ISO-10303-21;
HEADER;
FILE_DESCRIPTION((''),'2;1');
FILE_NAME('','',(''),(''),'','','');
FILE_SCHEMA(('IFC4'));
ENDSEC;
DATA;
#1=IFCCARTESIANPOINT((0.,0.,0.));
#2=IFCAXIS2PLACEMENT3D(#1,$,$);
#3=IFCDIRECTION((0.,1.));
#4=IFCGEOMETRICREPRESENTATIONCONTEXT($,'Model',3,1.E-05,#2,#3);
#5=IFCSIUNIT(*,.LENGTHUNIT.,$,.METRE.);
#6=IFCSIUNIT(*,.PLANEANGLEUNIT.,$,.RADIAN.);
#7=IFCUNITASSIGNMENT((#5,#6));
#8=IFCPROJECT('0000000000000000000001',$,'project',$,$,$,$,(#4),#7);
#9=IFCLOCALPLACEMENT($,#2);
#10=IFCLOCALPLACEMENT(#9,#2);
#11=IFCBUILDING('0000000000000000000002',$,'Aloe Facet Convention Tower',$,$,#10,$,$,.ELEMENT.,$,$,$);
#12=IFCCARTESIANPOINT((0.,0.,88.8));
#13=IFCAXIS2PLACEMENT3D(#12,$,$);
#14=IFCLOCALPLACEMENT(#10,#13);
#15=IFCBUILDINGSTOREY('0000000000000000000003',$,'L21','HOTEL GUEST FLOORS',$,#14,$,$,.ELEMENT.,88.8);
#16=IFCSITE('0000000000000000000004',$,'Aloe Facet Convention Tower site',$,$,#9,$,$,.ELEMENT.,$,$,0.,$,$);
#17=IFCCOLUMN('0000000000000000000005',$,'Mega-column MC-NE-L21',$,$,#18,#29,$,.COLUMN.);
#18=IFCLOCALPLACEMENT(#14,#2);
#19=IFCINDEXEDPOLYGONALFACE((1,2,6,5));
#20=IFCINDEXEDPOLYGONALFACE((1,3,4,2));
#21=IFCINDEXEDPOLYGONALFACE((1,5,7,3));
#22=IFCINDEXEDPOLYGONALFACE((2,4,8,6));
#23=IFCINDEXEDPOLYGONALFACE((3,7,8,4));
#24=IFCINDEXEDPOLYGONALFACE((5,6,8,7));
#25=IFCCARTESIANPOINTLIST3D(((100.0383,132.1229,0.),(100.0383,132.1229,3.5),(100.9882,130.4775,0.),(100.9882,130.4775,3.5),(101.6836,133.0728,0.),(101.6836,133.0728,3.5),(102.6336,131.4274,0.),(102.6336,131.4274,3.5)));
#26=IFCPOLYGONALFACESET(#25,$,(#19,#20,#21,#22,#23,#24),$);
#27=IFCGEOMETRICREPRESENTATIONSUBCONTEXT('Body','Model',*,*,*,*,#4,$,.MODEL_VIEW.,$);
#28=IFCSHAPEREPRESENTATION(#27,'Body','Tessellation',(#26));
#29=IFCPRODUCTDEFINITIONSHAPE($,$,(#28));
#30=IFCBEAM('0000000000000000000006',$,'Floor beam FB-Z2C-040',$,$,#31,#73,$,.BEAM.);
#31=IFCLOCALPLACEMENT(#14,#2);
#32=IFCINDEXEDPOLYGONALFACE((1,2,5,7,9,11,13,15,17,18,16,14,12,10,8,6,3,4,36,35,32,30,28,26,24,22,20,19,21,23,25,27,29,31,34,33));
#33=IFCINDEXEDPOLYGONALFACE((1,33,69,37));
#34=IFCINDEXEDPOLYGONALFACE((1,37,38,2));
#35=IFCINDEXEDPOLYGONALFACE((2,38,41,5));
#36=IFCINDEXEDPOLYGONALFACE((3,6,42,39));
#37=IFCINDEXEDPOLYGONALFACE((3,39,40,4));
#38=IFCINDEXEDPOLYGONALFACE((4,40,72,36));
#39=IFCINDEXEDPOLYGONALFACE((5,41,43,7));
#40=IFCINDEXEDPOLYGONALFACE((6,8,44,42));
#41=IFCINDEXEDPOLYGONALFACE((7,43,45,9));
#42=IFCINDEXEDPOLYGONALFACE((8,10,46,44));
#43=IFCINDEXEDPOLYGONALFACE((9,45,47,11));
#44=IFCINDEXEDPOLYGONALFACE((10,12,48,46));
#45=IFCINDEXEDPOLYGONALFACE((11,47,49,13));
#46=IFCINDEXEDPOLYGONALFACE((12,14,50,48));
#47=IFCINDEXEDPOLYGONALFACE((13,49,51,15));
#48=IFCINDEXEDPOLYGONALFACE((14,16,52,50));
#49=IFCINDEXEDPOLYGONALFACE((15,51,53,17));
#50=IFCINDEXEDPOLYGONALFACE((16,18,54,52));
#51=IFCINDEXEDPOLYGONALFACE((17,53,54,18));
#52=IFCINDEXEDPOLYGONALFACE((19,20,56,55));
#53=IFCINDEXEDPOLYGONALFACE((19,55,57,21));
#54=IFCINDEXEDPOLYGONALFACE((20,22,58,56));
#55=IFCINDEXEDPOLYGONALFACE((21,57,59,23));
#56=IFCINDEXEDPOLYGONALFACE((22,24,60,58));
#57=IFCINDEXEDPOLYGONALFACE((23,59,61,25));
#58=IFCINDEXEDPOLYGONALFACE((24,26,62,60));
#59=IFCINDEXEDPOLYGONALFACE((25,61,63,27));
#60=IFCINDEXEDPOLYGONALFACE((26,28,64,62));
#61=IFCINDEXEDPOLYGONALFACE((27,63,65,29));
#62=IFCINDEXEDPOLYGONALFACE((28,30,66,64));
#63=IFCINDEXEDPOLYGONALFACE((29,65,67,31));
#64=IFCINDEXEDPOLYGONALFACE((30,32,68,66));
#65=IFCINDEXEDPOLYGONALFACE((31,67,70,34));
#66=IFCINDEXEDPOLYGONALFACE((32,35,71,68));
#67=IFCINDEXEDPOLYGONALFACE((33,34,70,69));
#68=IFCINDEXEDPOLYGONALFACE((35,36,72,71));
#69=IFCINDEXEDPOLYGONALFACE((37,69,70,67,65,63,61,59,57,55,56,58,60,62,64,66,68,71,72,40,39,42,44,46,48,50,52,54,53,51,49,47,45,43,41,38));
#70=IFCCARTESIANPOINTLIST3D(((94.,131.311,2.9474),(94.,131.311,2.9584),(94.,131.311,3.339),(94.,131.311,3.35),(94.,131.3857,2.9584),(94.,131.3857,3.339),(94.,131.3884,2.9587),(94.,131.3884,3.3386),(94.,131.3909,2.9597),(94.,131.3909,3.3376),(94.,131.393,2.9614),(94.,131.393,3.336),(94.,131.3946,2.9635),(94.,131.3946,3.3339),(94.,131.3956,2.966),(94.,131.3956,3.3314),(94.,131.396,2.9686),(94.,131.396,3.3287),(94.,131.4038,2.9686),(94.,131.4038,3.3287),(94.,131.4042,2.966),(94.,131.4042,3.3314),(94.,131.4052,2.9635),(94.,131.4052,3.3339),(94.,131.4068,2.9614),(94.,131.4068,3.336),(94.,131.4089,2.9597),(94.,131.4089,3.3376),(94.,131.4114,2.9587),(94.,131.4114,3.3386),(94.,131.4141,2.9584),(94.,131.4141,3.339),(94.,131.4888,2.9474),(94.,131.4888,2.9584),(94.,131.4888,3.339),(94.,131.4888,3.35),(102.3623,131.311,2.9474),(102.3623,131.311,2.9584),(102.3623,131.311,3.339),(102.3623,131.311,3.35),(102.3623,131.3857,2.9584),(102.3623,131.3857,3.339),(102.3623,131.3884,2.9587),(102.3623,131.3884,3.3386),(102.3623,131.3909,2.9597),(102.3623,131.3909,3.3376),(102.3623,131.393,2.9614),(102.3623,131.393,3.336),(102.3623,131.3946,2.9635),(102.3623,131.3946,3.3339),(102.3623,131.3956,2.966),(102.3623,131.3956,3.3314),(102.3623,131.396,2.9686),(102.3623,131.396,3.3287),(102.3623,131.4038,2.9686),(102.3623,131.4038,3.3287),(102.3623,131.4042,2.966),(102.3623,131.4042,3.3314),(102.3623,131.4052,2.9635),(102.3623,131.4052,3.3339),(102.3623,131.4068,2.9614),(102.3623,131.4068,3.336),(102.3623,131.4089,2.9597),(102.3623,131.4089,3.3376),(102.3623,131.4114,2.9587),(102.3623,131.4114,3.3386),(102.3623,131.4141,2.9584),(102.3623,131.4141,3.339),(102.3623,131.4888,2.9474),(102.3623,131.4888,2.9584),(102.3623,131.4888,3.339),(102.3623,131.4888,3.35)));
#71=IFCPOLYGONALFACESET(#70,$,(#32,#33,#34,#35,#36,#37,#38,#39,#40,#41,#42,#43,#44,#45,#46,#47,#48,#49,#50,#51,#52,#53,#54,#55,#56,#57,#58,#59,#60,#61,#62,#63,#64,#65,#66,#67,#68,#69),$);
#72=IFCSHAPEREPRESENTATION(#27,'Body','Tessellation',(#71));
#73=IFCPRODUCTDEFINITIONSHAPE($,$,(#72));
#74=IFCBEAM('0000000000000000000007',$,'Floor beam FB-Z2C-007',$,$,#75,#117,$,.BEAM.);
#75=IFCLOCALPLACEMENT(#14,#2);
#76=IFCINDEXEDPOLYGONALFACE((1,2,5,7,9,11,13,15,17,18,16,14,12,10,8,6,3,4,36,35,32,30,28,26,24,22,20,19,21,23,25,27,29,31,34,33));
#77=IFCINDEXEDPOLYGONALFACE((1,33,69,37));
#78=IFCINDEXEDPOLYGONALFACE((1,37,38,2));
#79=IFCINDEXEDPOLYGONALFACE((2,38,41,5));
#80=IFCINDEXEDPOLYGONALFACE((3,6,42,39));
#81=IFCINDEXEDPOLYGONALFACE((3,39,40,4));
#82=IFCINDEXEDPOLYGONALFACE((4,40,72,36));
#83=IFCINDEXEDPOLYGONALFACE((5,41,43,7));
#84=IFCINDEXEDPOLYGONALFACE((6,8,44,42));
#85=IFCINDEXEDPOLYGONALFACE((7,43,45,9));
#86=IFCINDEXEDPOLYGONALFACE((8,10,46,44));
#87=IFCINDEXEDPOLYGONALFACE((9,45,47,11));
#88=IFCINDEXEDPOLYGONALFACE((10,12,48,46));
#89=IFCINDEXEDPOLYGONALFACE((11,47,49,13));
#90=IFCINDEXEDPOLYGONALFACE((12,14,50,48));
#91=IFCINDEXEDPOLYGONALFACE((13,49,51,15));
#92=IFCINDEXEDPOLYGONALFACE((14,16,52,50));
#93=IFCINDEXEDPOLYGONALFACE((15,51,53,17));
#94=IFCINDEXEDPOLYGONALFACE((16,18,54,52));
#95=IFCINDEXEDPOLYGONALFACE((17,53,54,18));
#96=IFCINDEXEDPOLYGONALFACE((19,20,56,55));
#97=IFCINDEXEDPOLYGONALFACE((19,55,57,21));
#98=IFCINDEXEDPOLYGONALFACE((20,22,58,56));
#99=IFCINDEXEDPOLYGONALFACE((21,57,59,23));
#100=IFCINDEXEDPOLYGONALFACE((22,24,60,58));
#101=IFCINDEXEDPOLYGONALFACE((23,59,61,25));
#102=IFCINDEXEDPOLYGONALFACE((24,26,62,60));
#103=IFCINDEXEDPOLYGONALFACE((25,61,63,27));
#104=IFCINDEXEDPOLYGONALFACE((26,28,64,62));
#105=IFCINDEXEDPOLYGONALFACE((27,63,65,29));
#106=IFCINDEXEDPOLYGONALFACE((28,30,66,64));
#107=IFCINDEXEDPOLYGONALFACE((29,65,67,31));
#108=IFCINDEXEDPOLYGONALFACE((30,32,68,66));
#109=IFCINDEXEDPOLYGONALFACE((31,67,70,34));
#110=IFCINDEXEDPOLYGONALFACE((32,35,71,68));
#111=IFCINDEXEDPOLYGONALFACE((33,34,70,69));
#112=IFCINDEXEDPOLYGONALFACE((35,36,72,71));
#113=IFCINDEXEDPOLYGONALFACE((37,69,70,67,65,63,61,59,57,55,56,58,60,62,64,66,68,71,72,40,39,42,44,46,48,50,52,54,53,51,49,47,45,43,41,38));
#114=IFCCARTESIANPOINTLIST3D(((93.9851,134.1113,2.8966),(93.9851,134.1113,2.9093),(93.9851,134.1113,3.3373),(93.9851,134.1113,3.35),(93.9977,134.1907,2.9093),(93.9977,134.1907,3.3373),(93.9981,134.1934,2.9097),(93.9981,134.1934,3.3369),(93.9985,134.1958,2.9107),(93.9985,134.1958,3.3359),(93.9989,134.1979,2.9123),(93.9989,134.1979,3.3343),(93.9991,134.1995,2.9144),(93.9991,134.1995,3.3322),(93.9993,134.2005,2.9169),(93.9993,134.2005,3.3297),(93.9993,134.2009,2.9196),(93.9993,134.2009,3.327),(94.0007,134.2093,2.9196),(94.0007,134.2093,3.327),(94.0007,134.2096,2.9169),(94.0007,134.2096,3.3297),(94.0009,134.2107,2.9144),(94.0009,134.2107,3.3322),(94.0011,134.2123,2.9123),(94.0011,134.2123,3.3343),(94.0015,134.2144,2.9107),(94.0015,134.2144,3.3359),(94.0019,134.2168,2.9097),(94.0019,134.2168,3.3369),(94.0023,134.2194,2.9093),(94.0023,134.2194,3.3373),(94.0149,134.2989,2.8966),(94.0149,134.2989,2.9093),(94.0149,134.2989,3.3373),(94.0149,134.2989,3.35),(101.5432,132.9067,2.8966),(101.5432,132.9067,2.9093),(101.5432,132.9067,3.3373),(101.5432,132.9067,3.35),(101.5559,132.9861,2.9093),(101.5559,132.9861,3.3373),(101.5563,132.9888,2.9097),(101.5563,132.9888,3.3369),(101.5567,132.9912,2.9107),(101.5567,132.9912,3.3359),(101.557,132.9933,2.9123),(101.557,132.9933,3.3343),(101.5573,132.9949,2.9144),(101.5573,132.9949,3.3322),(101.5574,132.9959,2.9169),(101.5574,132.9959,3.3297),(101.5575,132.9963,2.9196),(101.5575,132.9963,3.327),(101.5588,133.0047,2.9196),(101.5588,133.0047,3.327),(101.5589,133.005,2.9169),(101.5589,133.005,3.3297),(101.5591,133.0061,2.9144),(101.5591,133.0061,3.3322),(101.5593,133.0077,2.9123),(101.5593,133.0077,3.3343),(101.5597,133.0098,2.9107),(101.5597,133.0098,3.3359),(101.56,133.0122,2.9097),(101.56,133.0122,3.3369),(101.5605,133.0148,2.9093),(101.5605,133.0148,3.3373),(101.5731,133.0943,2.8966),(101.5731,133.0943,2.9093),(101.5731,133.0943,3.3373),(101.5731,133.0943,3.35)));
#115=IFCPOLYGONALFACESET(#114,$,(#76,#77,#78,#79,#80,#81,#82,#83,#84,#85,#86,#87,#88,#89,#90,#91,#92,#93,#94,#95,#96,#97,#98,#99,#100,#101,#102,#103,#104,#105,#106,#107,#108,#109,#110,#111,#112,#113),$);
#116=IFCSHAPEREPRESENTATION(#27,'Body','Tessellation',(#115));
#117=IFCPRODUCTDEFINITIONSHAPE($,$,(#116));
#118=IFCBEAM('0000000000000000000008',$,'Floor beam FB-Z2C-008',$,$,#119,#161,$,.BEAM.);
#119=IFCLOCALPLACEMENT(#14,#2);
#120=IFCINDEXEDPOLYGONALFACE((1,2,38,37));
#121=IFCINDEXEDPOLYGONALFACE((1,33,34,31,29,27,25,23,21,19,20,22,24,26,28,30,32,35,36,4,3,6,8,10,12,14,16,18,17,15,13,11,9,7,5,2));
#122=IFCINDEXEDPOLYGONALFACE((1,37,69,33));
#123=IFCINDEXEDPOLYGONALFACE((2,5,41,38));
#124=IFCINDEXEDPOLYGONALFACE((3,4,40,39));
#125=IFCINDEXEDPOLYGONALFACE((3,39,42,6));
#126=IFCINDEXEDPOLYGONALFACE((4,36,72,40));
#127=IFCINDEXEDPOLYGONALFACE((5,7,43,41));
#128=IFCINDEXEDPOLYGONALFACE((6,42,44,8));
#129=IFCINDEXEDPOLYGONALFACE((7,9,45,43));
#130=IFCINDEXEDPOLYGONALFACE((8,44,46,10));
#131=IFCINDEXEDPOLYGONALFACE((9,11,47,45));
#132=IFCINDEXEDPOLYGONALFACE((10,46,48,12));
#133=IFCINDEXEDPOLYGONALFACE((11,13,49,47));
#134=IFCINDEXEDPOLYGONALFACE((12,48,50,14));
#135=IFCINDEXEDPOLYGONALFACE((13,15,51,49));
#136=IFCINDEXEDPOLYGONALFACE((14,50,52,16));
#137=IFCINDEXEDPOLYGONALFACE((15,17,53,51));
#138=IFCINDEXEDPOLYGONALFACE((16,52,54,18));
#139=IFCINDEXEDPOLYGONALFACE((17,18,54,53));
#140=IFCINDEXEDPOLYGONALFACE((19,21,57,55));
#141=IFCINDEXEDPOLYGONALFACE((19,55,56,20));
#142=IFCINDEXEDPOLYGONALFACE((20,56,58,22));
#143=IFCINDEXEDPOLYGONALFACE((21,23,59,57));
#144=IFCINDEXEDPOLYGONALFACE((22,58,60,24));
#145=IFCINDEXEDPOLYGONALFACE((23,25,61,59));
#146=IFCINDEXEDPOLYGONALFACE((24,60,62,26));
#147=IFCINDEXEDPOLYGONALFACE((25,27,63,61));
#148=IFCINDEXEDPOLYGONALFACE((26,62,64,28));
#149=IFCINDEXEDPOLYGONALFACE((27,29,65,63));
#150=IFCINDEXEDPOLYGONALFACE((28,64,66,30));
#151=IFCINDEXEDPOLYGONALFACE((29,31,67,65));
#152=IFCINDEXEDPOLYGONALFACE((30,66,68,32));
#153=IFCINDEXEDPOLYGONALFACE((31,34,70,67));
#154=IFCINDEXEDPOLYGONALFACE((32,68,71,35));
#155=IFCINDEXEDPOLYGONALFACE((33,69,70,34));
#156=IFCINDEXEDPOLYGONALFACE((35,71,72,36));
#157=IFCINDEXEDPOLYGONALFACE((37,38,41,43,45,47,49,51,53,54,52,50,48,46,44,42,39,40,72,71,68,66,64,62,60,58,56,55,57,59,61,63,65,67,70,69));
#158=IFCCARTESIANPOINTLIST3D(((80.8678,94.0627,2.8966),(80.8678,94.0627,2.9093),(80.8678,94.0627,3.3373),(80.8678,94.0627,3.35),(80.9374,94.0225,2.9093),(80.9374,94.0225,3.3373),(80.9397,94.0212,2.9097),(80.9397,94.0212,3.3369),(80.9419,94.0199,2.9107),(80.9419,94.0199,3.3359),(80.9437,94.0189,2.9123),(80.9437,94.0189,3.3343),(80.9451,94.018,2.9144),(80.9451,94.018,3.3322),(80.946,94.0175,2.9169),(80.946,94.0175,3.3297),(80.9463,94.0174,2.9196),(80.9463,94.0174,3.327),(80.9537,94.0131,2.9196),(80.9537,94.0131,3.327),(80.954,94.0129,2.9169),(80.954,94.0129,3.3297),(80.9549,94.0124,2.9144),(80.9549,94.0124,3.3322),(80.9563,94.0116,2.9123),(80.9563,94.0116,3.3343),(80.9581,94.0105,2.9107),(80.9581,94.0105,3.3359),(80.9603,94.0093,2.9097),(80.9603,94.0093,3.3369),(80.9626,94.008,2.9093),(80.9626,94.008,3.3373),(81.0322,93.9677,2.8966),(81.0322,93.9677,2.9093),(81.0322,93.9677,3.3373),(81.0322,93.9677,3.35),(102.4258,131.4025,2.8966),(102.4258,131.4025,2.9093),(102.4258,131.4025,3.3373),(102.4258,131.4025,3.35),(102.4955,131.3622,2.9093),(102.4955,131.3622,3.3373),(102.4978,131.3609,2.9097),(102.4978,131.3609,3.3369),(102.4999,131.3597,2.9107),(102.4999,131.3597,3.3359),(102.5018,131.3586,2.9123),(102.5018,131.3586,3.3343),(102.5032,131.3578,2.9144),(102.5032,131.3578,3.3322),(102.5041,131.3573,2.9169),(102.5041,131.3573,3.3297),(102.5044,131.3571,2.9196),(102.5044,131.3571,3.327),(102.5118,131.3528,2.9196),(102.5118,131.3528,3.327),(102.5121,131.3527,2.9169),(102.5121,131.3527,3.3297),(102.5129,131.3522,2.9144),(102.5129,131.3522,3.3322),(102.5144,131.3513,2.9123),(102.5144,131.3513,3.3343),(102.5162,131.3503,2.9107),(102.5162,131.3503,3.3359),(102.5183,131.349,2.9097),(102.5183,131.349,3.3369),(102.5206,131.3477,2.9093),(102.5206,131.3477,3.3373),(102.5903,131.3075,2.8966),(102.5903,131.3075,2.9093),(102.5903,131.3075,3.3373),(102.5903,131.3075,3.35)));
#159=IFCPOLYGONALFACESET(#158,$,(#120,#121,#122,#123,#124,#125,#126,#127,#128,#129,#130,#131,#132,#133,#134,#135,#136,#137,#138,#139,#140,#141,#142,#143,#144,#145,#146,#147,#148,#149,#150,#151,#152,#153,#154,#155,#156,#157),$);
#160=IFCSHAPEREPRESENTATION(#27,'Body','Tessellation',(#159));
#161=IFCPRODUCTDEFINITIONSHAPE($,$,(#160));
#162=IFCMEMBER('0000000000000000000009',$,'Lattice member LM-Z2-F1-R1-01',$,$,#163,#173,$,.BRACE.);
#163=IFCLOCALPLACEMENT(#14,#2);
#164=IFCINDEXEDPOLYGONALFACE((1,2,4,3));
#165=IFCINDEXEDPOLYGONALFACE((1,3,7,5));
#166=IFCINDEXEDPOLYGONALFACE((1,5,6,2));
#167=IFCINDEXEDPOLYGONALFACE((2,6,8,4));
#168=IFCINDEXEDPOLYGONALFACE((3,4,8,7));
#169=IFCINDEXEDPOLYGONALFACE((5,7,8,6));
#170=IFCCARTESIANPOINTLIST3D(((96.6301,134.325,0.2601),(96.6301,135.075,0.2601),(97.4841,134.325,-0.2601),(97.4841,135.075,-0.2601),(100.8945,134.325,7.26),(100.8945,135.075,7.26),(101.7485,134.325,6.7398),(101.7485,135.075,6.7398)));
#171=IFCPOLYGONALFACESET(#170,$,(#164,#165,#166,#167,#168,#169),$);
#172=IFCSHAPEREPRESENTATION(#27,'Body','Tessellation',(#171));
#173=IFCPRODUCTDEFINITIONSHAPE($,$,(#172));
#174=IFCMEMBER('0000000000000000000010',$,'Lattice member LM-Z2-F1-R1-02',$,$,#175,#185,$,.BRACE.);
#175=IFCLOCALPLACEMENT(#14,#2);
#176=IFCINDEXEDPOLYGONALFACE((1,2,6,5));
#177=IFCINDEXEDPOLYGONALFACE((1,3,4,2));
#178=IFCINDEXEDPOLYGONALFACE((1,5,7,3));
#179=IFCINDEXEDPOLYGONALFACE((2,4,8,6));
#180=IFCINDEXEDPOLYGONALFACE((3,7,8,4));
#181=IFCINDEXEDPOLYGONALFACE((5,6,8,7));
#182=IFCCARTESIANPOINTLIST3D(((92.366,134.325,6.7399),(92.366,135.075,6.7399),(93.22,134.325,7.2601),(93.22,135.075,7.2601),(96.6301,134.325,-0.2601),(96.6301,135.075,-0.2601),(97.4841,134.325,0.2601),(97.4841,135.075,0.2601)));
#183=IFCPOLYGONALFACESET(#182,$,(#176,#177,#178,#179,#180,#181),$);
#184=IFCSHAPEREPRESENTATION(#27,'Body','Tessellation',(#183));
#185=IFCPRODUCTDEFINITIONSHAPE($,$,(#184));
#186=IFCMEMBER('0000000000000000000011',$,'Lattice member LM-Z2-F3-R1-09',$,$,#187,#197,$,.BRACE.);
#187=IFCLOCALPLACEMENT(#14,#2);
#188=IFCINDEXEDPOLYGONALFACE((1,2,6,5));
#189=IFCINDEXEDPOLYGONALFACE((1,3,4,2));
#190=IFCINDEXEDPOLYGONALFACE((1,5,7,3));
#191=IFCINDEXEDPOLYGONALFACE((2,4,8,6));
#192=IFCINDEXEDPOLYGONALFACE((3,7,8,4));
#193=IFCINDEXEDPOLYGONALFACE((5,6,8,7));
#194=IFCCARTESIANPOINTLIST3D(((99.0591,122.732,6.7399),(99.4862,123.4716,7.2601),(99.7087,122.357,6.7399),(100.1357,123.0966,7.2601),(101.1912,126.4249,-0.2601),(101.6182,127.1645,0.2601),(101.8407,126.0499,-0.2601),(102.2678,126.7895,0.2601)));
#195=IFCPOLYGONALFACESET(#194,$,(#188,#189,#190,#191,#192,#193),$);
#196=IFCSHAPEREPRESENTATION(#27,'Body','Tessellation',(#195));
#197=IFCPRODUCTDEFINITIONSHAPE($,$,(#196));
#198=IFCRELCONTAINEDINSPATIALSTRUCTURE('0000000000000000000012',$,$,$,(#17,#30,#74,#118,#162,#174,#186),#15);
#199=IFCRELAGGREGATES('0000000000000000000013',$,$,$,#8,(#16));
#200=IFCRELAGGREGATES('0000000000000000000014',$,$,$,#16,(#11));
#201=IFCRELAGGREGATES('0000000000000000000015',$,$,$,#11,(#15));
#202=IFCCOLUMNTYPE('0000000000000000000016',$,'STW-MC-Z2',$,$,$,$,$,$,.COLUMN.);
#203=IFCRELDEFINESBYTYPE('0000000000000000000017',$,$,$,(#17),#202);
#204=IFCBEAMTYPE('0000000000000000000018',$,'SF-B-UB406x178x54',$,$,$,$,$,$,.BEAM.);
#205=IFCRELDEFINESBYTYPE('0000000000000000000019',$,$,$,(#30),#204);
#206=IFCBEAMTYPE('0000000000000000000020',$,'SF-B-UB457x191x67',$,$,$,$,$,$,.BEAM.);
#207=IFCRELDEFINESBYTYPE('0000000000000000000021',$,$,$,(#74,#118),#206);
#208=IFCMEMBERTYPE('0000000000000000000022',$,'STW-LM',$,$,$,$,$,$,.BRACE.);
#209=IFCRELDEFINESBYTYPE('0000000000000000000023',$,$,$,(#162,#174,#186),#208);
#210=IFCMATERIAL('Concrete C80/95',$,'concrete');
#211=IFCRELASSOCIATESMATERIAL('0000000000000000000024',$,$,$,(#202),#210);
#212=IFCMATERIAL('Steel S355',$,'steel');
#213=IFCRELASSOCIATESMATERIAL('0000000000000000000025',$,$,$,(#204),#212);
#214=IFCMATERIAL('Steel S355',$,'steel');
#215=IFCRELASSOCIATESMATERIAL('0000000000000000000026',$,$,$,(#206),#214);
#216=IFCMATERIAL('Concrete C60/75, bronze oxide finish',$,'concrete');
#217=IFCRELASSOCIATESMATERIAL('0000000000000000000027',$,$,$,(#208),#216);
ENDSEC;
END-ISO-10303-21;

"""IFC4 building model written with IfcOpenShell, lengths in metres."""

from ifc_helpers import new_model, si_unit, direction, frame, origin, origin_2d, place, context, subcontext, project, spatial, rectangle, i_section, extrude, material, material_profile, profile_set, type_object, element, save


model = new_model("IFC4")

# Units and contexts
model_context = context("Model", 3, precision=1e-05, world=origin(), true_north=direction((0.0, 1.0)))
body_context = subcontext(model_context, "Body", "Model", "MODEL_VIEW")
ifc_project = project(units=[si_unit("LENGTHUNIT", "METRE"), si_unit("PLANEANGLEUNIT", "RADIAN")], contexts=[model_context])

# Site, building, storey
site_placement = place(None, origin())
site = spatial("IfcSite", under=ifc_project, at=site_placement, Name="Aloe Facet Convention Tower site", CompositionType="ELEMENT", RefElevation=0.0)
building_placement = place(site_placement, origin())
building = spatial("IfcBuilding", under=site, at=building_placement, Name="Aloe Facet Convention Tower", CompositionType="ELEMENT")
storey_placement = place(building_placement, frame((0.0, 0.0, 88.8)))
storey = spatial("IfcBuildingStorey", under=building, at=storey_placement, Name="L21", Description="HOTEL GUEST FLOORS", CompositionType="ELEMENT", Elevation=88.8)

# Column
ifc_material_1 = material(Name="Concrete C80/95", Category="concrete")
ifc_material_profile_1 = material_profile(ifc_material_1, rectangle(XDim=1.8999, YDim=1.8999, at=origin_2d()), Name="STW-MC-Z2")
ifc_profile_set_1 = profile_set([ifc_material_profile_1], Name="Concrete C80/95")
column_type = type_object("IfcColumnType", Name="STW-MC-Z2", PredefinedType="COLUMN", material=ifc_profile_set_1)
column_placement = place(storey_placement, frame((101.3359, 131.7751, 0.0), z_axis=(0.0, 0.0, 1.0), x_axis=(-0.5, 0.866025, 0.0)))
element("IfcColumn", 1, at=column_placement, inside=storey, type_object=column_type, Name="Mega-column MC-NE-L21", PredefinedType="COLUMN", context=body_context, shape_type="SweptSolid", body=[
    extrude(rectangle(XDim=1.8999, YDim=1.8999, at=origin_2d()), origin(), (0.0, 0.0, 1.0), 3.5),
])

# Beams
ifc_material_2 = material(Name="Steel S355", Category="steel")
ifc_material_profile_2 = material_profile(ifc_material_2, i_section(OverallWidth=0.1777, OverallDepth=0.4026, WebThickness=0.0078, FlangeThickness=0.011, FilletRadius=0.0103, at=origin_2d()), Name="UB 406x178x54")
ifc_profile_set_2 = profile_set([ifc_material_profile_2], Name="Steel S355")
beam_type_1 = type_object("IfcBeamType", Name="SF-B-UB406x178x54", PredefinedType="BEAM", material=ifc_profile_set_2)
beam_1_placement = place(storey_placement, frame((94.0, 131.3999, 3.1487), z_axis=(1.0, 0.0, 0.0), x_axis=(0.0, 1.0, 0.0)))
element("IfcBeam", 2, at=beam_1_placement, inside=storey, type_object=beam_type_1, Name="Floor beam FB-Z2C-040", PredefinedType="BEAM", context=body_context, shape_type="SweptSolid", body=[
    extrude(i_section(OverallWidth=0.1777, OverallDepth=0.4026, WebThickness=0.0078, FlangeThickness=0.011, FilletRadius=0.0103, at=origin_2d()), origin(), (0.0, 0.0, 1.0), 8.3623),
])
ifc_material_3 = material(Name="Steel S355", Category="steel")
ifc_material_profile_3 = material_profile(ifc_material_3, i_section(OverallWidth=0.1899, OverallDepth=0.4534, WebThickness=0.0085, FlangeThickness=0.0127, FilletRadius=0.0103, at=origin_2d()), Name="UB 457x191x67")
ifc_profile_set_3 = profile_set([ifc_material_profile_3], Name="Steel S355")
beam_type_2 = type_object("IfcBeamType", Name="SF-B-UB457x191x67", PredefinedType="BEAM", material=ifc_profile_set_3)
beam_2_placement = place(storey_placement, frame((94.0, 134.2051, 3.1233), z_axis=(0.987536, -0.157391, 0.0), x_axis=(0.157391, 0.987536, 0.0)))
element("IfcBeam", 3, at=beam_2_placement, inside=storey, type_object=beam_type_2, Name="Floor beam FB-Z2C-007", PredefinedType="BEAM", context=body_context, shape_type="SweptSolid", body=[
    extrude(i_section(OverallWidth=0.1899, OverallDepth=0.4534, WebThickness=0.0085, FlangeThickness=0.0127, FilletRadius=0.0103, at=origin_2d()), origin(), (0.0, 0.0, 1.0), 7.6536),
])
beam_3_placement = place(storey_placement, frame((102.5081, 131.355, 3.1233), z_axis=(-0.499999, -0.866026, 0.0), x_axis=(0.866026, -0.499999, 0.0)))
element("IfcBeam", 4, at=beam_3_placement, inside=storey, type_object=beam_type_2, Name="Floor beam FB-Z2C-008", PredefinedType="BEAM", context=body_context, shape_type="SweptSolid", body=[
    extrude(i_section(OverallWidth=0.1899, OverallDepth=0.4534, WebThickness=0.0085, FlangeThickness=0.0127, FilletRadius=0.0103, at=origin_2d()), origin(), (0.0, 0.0, 1.0), 43.1162),
])

# Members
ifc_material_4 = material(Name="Concrete C60/75, bronze oxide finish", Category="concrete")
ifc_material_profile_4 = material_profile(ifc_material_4, rectangle(XDim=0.75, YDim=1.0, at=origin_2d()), Name="STW-LM")
ifc_profile_set_4 = profile_set([ifc_material_profile_4], Name="Concrete C60/75, bronze oxide finish")
member_type = type_object("IfcMemberType", Name="STW-LM", PredefinedType="BRACE", material=ifc_profile_set_4)
for number, where, z_axis, x_axis, name in (
    (5, (97.0571, 134.7, 0.0), (0.520262, 0.0, 0.854007), (0.0, 1.0, 0.0), "Lattice member LM-Z2-F1-R1-01"),
    (6, (97.0571, 134.7, 0.0), (-0.52024, 0.0, 0.85402), (0.0, -1.0, 0.0), "Lattice member LM-Z2-F1-R1-02"),
    (7, (101.7295, 126.6072, 0.0), (-0.26012, -0.450541, 0.85402), (0.866025, -0.5, 0.0), "Lattice member LM-Z2-F3-R1-09"),
):
    element("IfcMember", number, at=place(storey_placement, frame(where, z_axis=z_axis, x_axis=x_axis)), inside=storey, type_object=member_type, Name=name, PredefinedType="BRACE", context=body_context, shape_type="SweptSolid", body=[
        extrude(rectangle(XDim=0.75, YDim=1.0, at=origin_2d()), origin(), (0.0, 0.0, 1.0), 8.1965),
    ])

save(model, "model.ifc")
